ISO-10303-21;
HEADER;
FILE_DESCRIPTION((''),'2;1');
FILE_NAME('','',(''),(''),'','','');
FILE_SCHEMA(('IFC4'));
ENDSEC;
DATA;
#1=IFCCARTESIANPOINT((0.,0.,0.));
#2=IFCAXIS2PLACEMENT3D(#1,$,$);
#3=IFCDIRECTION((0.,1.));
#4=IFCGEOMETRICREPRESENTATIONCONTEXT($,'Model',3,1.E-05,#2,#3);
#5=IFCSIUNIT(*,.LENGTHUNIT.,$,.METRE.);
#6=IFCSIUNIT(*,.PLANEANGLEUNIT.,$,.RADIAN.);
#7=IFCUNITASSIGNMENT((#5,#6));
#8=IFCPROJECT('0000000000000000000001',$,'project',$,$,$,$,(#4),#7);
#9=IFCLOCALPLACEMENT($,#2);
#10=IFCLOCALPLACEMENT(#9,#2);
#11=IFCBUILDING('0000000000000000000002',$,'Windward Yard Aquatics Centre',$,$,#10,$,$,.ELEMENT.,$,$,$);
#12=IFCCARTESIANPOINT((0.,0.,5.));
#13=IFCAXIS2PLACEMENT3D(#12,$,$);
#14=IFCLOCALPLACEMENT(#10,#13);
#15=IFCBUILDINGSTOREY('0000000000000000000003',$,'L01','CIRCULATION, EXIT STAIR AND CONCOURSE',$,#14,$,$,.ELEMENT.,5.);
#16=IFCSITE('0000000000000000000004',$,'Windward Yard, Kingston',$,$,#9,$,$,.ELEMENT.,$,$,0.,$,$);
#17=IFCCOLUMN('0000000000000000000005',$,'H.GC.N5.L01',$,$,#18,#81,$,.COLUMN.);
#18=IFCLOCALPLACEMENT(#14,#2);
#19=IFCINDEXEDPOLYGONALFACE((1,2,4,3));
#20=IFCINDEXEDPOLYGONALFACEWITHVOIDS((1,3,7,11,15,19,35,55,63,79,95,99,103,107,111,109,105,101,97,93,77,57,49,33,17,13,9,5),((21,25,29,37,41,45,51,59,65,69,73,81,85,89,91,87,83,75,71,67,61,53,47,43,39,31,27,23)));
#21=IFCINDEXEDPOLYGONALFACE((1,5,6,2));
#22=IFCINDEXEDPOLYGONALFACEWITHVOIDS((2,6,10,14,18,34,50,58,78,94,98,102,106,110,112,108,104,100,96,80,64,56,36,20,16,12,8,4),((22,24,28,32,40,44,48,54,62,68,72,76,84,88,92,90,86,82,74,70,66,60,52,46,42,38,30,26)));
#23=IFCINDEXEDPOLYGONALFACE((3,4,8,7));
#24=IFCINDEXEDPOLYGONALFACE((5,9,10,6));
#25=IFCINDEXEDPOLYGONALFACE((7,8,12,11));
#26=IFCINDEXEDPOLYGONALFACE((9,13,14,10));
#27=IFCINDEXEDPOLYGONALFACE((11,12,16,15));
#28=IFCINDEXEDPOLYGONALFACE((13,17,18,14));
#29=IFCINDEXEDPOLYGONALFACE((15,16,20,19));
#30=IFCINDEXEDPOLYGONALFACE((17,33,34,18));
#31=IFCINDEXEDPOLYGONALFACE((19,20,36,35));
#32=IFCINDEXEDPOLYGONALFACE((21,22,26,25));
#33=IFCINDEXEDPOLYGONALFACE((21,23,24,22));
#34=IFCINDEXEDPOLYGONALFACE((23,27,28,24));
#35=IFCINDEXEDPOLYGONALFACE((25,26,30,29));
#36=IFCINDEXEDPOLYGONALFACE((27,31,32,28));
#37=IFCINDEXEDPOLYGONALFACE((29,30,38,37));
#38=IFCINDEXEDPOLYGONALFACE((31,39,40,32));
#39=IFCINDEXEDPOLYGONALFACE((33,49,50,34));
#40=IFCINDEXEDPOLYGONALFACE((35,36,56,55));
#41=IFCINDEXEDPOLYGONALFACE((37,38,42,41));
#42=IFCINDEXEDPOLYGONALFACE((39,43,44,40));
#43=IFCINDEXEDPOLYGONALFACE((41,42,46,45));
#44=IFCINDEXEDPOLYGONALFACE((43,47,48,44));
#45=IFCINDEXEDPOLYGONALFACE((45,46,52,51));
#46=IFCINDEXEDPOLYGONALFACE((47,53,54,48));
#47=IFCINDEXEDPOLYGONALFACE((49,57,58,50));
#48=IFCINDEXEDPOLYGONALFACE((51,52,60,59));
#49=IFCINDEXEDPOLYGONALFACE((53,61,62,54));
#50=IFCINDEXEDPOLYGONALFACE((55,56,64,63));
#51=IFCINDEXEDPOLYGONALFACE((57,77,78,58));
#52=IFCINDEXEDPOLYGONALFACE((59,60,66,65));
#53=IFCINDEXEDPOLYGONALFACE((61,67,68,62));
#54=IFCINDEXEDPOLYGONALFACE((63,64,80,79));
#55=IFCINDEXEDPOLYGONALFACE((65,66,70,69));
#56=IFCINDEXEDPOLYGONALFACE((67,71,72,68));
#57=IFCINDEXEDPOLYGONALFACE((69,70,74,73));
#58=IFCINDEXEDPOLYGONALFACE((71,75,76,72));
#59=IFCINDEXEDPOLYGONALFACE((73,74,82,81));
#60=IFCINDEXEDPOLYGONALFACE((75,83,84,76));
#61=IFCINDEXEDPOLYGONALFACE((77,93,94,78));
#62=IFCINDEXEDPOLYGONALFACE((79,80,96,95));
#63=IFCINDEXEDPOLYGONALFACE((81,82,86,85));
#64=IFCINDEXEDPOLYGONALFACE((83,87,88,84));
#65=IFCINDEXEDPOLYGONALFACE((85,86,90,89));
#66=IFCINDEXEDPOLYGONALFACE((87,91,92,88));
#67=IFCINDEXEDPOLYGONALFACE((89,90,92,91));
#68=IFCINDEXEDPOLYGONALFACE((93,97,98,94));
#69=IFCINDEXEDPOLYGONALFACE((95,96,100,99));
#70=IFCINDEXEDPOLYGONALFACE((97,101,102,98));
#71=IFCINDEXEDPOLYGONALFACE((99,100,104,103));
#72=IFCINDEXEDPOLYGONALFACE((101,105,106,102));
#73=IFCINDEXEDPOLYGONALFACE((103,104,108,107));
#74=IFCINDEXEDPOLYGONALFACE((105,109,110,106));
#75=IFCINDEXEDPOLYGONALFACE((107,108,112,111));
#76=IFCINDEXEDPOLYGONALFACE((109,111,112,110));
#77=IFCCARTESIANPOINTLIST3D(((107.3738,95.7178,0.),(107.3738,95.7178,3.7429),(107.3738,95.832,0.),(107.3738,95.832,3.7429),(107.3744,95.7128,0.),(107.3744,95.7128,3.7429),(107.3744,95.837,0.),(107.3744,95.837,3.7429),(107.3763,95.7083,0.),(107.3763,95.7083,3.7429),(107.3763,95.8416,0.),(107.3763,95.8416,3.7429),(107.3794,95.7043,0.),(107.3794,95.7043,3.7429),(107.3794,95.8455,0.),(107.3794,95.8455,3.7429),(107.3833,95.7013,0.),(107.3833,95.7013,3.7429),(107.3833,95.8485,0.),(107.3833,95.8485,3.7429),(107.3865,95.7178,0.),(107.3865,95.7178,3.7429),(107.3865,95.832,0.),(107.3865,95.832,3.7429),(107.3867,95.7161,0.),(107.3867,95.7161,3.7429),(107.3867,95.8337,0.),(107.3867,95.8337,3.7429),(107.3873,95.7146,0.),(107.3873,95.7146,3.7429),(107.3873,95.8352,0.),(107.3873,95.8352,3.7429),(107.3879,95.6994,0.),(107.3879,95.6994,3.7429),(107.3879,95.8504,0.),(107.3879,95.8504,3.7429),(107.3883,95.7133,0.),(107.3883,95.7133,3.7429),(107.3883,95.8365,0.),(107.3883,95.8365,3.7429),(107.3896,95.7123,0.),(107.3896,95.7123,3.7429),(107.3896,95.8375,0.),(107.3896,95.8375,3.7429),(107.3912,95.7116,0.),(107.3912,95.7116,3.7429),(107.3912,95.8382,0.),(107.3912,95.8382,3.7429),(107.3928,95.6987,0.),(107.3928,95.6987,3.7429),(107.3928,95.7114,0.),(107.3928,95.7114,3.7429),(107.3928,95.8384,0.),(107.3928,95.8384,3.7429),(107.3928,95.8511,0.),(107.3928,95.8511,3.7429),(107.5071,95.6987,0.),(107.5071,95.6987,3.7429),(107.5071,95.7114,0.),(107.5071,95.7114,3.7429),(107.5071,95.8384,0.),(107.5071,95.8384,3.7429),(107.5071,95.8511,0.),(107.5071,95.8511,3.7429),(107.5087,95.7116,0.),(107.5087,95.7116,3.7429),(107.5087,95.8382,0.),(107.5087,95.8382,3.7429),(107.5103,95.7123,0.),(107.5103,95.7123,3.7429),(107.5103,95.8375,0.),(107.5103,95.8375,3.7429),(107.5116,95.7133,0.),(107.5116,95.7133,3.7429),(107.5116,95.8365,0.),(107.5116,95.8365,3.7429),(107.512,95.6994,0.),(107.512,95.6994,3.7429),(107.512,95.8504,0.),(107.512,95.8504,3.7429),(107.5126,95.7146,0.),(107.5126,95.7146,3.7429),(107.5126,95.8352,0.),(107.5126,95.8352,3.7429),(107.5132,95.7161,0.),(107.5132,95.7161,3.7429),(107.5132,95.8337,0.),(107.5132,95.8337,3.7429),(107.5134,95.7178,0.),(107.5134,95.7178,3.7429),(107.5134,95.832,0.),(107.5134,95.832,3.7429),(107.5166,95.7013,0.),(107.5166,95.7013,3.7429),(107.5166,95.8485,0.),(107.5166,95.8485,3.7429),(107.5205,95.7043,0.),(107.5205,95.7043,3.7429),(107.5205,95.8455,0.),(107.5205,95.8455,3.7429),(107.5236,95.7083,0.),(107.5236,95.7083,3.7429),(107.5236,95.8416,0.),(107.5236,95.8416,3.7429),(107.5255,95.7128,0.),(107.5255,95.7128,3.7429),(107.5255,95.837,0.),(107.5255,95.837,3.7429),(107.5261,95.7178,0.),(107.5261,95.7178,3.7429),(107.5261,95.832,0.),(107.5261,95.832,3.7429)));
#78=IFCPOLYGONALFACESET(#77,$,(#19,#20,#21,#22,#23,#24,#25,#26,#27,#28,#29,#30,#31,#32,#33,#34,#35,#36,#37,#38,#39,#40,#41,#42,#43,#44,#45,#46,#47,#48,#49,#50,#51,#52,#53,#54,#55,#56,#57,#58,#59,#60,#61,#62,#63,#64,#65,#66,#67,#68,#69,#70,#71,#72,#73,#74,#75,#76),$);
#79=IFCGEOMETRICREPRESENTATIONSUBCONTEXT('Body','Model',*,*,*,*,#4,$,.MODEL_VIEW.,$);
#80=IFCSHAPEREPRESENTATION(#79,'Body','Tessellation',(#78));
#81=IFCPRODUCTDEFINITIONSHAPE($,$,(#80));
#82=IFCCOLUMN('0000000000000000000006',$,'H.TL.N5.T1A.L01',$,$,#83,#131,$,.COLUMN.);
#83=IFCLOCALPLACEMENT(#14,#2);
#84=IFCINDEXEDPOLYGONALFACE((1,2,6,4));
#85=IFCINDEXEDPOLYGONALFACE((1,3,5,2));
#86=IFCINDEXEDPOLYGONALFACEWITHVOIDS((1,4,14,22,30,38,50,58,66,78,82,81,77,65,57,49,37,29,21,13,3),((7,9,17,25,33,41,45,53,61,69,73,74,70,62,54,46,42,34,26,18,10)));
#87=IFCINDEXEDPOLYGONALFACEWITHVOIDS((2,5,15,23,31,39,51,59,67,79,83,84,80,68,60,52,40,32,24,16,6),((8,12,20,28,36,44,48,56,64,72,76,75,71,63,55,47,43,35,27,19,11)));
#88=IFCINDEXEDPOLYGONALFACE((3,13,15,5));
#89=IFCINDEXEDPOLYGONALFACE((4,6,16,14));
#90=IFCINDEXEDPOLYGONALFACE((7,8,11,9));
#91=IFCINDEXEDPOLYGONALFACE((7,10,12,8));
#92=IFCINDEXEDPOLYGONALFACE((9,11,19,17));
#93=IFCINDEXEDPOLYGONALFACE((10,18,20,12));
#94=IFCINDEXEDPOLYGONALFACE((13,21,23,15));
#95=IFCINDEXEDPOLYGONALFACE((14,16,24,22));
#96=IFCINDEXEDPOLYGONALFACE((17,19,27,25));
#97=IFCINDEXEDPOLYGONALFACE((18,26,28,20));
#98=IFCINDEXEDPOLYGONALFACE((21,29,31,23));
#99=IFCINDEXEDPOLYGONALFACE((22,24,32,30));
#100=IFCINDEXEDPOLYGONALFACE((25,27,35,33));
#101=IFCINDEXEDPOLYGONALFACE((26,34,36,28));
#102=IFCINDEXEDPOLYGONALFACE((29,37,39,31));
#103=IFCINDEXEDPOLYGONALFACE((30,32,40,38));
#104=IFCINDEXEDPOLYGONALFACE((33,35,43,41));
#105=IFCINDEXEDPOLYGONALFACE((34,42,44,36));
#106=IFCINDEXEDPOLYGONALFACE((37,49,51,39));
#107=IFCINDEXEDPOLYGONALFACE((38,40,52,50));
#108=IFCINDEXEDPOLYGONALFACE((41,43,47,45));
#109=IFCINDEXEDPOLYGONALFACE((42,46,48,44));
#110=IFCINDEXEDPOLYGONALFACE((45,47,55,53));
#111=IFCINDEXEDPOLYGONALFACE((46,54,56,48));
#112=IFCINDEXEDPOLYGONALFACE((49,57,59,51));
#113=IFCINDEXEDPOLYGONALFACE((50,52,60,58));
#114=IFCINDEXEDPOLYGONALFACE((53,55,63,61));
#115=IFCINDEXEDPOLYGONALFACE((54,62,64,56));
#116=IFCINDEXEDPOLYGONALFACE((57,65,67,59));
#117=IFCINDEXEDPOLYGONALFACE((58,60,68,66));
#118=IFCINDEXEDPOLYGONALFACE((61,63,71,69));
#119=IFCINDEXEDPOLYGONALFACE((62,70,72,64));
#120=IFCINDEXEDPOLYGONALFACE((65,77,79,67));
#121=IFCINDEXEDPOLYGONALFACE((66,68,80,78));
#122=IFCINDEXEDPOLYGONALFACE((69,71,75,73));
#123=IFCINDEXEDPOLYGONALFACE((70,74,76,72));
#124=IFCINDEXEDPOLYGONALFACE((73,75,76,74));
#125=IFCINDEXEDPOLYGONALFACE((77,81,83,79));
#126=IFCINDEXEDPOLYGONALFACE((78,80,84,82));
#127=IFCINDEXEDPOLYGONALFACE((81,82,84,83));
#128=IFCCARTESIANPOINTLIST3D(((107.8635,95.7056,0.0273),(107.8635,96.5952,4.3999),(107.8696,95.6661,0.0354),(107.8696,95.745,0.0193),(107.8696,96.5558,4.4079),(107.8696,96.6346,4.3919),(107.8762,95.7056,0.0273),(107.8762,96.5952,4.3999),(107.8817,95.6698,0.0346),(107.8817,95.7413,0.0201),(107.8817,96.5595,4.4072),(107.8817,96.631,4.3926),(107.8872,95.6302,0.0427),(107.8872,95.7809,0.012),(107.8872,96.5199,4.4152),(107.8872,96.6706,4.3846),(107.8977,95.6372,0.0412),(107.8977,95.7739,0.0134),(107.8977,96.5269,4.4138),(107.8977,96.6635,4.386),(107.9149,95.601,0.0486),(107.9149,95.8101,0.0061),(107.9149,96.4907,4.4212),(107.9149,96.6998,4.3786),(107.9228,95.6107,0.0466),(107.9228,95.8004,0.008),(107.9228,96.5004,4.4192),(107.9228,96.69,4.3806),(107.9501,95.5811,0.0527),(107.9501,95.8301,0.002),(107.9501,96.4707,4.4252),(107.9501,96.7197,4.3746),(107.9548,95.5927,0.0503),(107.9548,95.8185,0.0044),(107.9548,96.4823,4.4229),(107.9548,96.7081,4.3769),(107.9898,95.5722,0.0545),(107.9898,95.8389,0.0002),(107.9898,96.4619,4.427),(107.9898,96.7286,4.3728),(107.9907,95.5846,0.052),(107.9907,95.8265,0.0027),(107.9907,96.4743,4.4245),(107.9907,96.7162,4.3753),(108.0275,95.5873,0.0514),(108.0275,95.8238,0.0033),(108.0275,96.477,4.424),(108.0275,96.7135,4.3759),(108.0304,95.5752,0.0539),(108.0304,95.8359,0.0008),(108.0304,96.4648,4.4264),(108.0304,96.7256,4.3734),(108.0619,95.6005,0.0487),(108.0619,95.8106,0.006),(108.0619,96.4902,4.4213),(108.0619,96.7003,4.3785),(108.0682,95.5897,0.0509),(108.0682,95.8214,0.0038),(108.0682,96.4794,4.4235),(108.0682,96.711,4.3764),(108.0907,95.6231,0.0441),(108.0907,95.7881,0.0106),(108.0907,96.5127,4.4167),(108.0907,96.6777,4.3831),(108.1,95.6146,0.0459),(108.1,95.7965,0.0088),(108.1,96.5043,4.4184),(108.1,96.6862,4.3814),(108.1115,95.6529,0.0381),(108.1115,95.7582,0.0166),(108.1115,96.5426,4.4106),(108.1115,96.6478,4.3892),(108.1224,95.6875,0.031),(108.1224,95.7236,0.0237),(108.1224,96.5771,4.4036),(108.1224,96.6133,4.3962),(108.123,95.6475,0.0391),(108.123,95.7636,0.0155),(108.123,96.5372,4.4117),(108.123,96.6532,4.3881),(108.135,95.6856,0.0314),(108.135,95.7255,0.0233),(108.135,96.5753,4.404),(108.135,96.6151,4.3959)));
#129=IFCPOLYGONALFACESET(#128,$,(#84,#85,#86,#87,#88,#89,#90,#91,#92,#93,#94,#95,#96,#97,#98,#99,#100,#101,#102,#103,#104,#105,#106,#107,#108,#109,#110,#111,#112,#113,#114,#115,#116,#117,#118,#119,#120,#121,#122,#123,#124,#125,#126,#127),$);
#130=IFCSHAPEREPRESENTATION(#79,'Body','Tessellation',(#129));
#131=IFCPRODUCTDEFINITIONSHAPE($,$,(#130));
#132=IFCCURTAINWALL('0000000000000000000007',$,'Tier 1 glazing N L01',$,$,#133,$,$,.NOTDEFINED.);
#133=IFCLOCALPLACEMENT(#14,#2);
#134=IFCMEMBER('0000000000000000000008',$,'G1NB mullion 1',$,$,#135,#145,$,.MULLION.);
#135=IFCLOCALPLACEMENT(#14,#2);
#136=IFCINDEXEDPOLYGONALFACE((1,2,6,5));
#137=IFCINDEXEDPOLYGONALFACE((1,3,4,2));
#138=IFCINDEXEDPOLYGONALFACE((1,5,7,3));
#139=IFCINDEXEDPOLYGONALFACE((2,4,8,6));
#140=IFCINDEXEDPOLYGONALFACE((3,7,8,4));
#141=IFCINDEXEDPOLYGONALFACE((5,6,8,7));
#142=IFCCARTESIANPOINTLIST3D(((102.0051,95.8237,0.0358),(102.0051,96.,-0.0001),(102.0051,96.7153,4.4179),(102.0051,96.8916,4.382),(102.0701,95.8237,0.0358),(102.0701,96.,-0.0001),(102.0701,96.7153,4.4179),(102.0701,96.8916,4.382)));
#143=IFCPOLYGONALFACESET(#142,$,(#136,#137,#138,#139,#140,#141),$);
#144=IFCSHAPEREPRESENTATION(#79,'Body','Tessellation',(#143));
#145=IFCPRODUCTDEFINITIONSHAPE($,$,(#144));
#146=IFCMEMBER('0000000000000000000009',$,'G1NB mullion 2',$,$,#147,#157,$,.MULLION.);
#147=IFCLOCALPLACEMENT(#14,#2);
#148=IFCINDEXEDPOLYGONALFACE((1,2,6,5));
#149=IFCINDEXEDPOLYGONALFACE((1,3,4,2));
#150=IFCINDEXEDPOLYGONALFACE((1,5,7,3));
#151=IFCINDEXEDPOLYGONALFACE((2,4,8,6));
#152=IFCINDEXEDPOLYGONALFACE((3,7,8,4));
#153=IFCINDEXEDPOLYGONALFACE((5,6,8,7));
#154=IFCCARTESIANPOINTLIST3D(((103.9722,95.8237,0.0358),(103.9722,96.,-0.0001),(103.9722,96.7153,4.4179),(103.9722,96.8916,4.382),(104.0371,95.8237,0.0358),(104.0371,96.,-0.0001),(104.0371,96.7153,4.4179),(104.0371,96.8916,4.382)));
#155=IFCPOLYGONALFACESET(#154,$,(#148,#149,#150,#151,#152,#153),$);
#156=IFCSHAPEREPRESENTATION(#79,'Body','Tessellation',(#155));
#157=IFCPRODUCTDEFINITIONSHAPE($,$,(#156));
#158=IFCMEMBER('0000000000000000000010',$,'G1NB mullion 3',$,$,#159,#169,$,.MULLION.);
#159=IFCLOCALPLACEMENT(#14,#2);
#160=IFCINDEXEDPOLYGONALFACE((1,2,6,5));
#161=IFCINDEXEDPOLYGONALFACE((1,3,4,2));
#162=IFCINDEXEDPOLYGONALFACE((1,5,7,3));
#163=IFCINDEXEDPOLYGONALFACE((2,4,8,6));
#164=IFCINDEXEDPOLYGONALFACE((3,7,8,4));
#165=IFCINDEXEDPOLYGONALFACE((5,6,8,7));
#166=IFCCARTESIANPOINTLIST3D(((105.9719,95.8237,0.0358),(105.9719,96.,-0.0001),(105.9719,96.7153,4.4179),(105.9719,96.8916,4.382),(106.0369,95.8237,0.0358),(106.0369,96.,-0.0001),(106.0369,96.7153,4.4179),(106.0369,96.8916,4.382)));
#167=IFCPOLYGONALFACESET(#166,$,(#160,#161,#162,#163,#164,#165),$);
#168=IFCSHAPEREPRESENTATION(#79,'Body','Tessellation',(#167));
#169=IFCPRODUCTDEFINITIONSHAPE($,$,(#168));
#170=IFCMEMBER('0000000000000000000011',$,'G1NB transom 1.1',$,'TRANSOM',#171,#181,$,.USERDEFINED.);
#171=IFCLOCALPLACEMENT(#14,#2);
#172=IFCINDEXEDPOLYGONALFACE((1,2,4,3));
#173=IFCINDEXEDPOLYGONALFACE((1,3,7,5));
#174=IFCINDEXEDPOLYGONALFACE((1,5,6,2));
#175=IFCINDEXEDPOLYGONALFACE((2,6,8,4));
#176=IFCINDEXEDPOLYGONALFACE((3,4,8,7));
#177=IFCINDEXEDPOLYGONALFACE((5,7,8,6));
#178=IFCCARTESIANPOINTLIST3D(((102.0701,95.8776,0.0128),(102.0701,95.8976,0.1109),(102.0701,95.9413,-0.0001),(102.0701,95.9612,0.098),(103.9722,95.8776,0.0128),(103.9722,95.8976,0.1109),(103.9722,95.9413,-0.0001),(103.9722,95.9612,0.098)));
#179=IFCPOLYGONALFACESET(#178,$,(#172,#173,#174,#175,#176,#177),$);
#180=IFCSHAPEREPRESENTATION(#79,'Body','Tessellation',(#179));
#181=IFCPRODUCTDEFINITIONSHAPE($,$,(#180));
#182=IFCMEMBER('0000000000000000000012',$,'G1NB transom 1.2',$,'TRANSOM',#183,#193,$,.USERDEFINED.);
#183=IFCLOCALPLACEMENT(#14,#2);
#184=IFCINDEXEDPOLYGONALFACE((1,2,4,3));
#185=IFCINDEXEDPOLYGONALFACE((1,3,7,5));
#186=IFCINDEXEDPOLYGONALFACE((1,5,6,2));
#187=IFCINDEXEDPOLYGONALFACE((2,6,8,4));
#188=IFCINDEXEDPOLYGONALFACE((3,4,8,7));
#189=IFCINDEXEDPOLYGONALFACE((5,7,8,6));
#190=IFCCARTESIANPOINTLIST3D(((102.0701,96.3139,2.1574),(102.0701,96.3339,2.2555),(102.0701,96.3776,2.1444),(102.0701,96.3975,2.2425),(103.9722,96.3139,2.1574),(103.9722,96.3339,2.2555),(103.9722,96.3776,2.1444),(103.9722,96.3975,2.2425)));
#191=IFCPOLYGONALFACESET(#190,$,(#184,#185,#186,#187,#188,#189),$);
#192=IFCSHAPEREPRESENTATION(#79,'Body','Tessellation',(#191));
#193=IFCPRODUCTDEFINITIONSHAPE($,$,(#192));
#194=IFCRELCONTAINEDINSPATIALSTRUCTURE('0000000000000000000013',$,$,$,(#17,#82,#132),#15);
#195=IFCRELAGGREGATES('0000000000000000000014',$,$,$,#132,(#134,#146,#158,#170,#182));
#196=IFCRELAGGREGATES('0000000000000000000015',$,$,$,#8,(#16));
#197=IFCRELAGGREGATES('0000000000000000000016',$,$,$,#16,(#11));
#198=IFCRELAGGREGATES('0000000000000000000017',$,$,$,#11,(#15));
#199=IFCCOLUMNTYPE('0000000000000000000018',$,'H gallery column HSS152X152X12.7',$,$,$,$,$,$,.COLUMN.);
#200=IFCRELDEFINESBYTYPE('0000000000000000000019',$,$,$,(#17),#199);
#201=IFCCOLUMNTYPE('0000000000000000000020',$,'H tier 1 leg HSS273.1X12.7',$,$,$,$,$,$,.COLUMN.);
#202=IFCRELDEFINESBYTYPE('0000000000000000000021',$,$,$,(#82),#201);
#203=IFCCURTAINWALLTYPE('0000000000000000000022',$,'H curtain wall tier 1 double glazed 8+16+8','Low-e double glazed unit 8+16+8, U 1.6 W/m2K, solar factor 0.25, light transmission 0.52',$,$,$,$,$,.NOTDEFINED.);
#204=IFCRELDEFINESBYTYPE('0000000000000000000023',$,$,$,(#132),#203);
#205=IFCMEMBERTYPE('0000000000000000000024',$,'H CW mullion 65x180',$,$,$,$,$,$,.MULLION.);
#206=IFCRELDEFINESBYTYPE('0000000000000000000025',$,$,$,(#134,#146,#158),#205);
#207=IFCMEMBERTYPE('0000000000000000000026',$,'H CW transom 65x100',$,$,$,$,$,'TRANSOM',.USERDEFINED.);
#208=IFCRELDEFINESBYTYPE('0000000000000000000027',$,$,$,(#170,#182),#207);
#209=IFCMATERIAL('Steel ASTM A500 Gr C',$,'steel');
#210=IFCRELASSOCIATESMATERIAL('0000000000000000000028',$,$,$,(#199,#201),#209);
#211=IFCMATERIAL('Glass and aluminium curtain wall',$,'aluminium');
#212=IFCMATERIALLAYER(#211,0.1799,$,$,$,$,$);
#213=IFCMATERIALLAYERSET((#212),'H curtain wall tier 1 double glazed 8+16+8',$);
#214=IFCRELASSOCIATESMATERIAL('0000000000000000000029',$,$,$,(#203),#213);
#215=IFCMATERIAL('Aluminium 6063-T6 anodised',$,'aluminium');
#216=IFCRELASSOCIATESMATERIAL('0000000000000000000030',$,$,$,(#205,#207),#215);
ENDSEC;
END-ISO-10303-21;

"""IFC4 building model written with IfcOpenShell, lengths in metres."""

from ifc_helpers import new_model, si_unit, direction, frame, origin, origin_2d, place, context, subcontext, project, spatial, rectangle, hollow_rectangle, hollow_circle, extrude, material, layer, layer_set, material_profile, profile_set, type_object, element, aggregate, save


model = new_model("IFC4")

# Units and contexts
model_context = context("Model", 3, precision=1e-05, world=origin(), true_north=direction((0.0, 1.0)))
body_context = subcontext(model_context, "Body", "Model", "MODEL_VIEW")
ifc_project = project(units=[si_unit("LENGTHUNIT", "METRE"), si_unit("PLANEANGLEUNIT", "RADIAN")], contexts=[model_context])

# Site, building, storey
site_placement = place(None, origin())
site = spatial("IfcSite", under=ifc_project, at=site_placement, Name="Windward Yard, Kingston", CompositionType="ELEMENT", RefElevation=0.0)
building_placement = place(site_placement, origin())
building = spatial("IfcBuilding", under=site, at=building_placement, Name="Windward Yard Aquatics Centre", CompositionType="ELEMENT")
storey_placement = place(building_placement, frame((0.0, 0.0, 5.0)))
storey = spatial("IfcBuildingStorey", under=building, at=storey_placement, Name="L01", Description="CIRCULATION, EXIT STAIR AND CONCOURSE", CompositionType="ELEMENT", Elevation=5.0)

# Columns
ifc_material_1 = material(Name="Steel ASTM A500 Gr C", Category="steel")
ifc_material_profile_1 = material_profile(ifc_material_1, hollow_rectangle(XDim=0.1523, YDim=0.1523, WallThickness=0.0127, InnerFilletRadius=0.0063, OuterFilletRadius=0.019, at=origin_2d()), Name="HSS152X152X12.7")
ifc_profile_set_1 = profile_set([ifc_material_profile_1], Name="Steel ASTM A500 Gr C")
column_type_1 = type_object("IfcColumnType", Name="H gallery column HSS152X152X12.7", PredefinedType="COLUMN", material=ifc_profile_set_1)
column_1_placement = place(storey_placement, frame((107.45, 95.7749, 0.0), z_axis=(0.0, 0.0, 1.0), x_axis=(1.0, 0.0, 0.0)))
element("IfcColumn", 1, at=column_1_placement, inside=storey, type_object=column_type_1, Name="H.GC.N5.L01", PredefinedType="COLUMN", context=body_context, shape_type="SweptSolid", body=[
    extrude(hollow_rectangle(XDim=0.1523, YDim=0.1523, WallThickness=0.0127, InnerFilletRadius=0.0063, OuterFilletRadius=0.019, at=origin_2d()), origin(), (0.0, 0.0, 1.0), 3.7429),
])
ifc_material_profile_2 = material_profile(ifc_material_1, hollow_circle(Radius=0.1365, WallThickness=0.0127, at=origin_2d()), Name="HSS273.1X12.7")
ifc_profile_set_2 = profile_set([ifc_material_profile_2], Name="Steel ASTM A500 Gr C")
column_type_2 = type_object("IfcColumnType", Name="H tier 1 leg HSS273.1X12.7", PredefinedType="COLUMN", material=ifc_profile_set_2)
column_2_placement = place(storey_placement, frame((108.0, 95.7056, 0.0273), z_axis=(0.0, 0.199377, 0.979923), x_axis=(-1.0, 0.0, 0.0)))
element("IfcColumn", 2, at=column_2_placement, inside=storey, type_object=column_type_2, Name="H.TL.N5.T1A.L01", PredefinedType="COLUMN", context=body_context, shape_type="SweptSolid", body=[
    extrude(hollow_circle(Radius=0.1365, WallThickness=0.0127, at=origin_2d()), origin(), (0.0, 0.0, 1.0), 4.4622),
])

# Curtain wall, members
ifc_material_2 = material(Name="Glass and aluminium curtain wall", Category="aluminium")
ifc_layer_1 = layer(ifc_material_2, 0.1799)
ifc_layer_set_1 = layer_set([ifc_layer_1], Name="H curtain wall tier 1 double glazed 8+16+8")
curtain_wall_type = type_object("IfcCurtainWallType", Name="H curtain wall tier 1 double glazed 8+16+8", Description="Low-e double glazed unit 8+16+8, U 1.6 W/m2K, solar factor 0.25, light transmission 0.52", PredefinedType="NOTDEFINED", material=ifc_layer_set_1)
curtain_wall_placement = place(storey_placement, origin())
curtain_wall = element("IfcCurtainWall", 3, at=curtain_wall_placement, inside=storey, type_object=curtain_wall_type, Name="Tier 1 glazing N L01", PredefinedType="NOTDEFINED")
ifc_material_3 = material(Name="Aluminium 6063-T6 anodised", Category="aluminium")
ifc_material_profile_3 = material_profile(ifc_material_3, rectangle(XDim=0.0649, YDim=0.1799, at=origin_2d()), Name="H CW mullion 65x180")
ifc_profile_set_3 = profile_set([ifc_material_profile_3], Name="Aluminium 6063-T6 anodised")
member_type_1 = type_object("IfcMemberType", Name="H CW mullion 65x180", PredefinedType="MULLION", material=ifc_profile_set_3)
member_1_placement = place(storey_placement, frame((102.0376, 95.9119, 0.0178), z_axis=(0.0, 0.19938, 0.979922), x_axis=(-1.0, 0.0, 0.0)))
member_1 = element("IfcMember", 4, at=member_1_placement, type_object=member_type_1, Name="G1NB mullion 1", PredefinedType="MULLION", context=body_context, shape_type="SweptSolid", body=[
    extrude(rectangle(XDim=0.0649, YDim=0.1799, at=origin_2d()), origin(), (0.0, 0.0, 1.0), 4.4719),
])
member_2_placement = place(storey_placement, frame((104.0046, 95.9119, 0.0178), z_axis=(0.0, 0.19938, 0.979922), x_axis=(-1.0, 0.0, 0.0)))
member_2 = element("IfcMember", 5, at=member_2_placement, type_object=member_type_1, Name="G1NB mullion 2", PredefinedType="MULLION", context=body_context, shape_type="SweptSolid", body=[
    extrude(rectangle(XDim=0.0649, YDim=0.1799, at=origin_2d()), origin(), (0.0, 0.0, 1.0), 4.4719),
])
member_3_placement = place(storey_placement, frame((106.0044, 95.9119, 0.0178), z_axis=(0.0, 0.19938, 0.979922), x_axis=(-1.0, 0.0, 0.0)))
member_3 = element("IfcMember", 6, at=member_3_placement, type_object=member_type_1, Name="G1NB mullion 3", PredefinedType="MULLION", context=body_context, shape_type="SweptSolid", body=[
    extrude(rectangle(XDim=0.0649, YDim=0.1799, at=origin_2d()), origin(), (0.0, 0.0, 1.0), 4.4719),
])
ifc_material_profile_4 = material_profile(ifc_material_3, rectangle(XDim=0.0649, YDim=0.1001, at=origin_2d()), Name="H CW transom 65x100")
ifc_profile_set_4 = profile_set([ifc_material_profile_4], Name="Aluminium 6063-T6 anodised")
member_type_2 = type_object("IfcMemberType", Name="H CW transom 65x100", ElementType="TRANSOM", PredefinedType="USERDEFINED", material=ifc_profile_set_4)
member_4_placement = place(storey_placement, frame((102.0701, 95.9194, 0.0554), z_axis=(1.0, 0.0, 0.0), x_axis=(0.0, -0.979925, 0.199368)))
member_4 = element("IfcMember", 7, at=member_4_placement, type_object=member_type_2, Name="G1NB transom 1.1", ObjectType="TRANSOM", PredefinedType="USERDEFINED", context=body_context, shape_type="SweptSolid", body=[
    extrude(rectangle(XDim=0.0649, YDim=0.1001, at=origin_2d()), origin(), (0.0, 0.0, 1.0), 1.9021),
])
member_5_placement = place(storey_placement, frame((102.0701, 96.3557, 2.2), z_axis=(1.0, 0.0, 0.0), x_axis=(0.0, -0.979925, 0.199368)))
member_5 = element("IfcMember", 8, at=member_5_placement, type_object=member_type_2, Name="G1NB transom 1.2", ObjectType="TRANSOM", PredefinedType="USERDEFINED", context=body_context, shape_type="SweptSolid", body=[
    extrude(rectangle(XDim=0.0649, YDim=0.1001, at=origin_2d()), origin(), (0.0, 0.0, 1.0), 1.9021),
])
aggregate(curtain_wall, [member_1, member_2, member_3, member_4, member_5])

save(model, "model.ifc")
